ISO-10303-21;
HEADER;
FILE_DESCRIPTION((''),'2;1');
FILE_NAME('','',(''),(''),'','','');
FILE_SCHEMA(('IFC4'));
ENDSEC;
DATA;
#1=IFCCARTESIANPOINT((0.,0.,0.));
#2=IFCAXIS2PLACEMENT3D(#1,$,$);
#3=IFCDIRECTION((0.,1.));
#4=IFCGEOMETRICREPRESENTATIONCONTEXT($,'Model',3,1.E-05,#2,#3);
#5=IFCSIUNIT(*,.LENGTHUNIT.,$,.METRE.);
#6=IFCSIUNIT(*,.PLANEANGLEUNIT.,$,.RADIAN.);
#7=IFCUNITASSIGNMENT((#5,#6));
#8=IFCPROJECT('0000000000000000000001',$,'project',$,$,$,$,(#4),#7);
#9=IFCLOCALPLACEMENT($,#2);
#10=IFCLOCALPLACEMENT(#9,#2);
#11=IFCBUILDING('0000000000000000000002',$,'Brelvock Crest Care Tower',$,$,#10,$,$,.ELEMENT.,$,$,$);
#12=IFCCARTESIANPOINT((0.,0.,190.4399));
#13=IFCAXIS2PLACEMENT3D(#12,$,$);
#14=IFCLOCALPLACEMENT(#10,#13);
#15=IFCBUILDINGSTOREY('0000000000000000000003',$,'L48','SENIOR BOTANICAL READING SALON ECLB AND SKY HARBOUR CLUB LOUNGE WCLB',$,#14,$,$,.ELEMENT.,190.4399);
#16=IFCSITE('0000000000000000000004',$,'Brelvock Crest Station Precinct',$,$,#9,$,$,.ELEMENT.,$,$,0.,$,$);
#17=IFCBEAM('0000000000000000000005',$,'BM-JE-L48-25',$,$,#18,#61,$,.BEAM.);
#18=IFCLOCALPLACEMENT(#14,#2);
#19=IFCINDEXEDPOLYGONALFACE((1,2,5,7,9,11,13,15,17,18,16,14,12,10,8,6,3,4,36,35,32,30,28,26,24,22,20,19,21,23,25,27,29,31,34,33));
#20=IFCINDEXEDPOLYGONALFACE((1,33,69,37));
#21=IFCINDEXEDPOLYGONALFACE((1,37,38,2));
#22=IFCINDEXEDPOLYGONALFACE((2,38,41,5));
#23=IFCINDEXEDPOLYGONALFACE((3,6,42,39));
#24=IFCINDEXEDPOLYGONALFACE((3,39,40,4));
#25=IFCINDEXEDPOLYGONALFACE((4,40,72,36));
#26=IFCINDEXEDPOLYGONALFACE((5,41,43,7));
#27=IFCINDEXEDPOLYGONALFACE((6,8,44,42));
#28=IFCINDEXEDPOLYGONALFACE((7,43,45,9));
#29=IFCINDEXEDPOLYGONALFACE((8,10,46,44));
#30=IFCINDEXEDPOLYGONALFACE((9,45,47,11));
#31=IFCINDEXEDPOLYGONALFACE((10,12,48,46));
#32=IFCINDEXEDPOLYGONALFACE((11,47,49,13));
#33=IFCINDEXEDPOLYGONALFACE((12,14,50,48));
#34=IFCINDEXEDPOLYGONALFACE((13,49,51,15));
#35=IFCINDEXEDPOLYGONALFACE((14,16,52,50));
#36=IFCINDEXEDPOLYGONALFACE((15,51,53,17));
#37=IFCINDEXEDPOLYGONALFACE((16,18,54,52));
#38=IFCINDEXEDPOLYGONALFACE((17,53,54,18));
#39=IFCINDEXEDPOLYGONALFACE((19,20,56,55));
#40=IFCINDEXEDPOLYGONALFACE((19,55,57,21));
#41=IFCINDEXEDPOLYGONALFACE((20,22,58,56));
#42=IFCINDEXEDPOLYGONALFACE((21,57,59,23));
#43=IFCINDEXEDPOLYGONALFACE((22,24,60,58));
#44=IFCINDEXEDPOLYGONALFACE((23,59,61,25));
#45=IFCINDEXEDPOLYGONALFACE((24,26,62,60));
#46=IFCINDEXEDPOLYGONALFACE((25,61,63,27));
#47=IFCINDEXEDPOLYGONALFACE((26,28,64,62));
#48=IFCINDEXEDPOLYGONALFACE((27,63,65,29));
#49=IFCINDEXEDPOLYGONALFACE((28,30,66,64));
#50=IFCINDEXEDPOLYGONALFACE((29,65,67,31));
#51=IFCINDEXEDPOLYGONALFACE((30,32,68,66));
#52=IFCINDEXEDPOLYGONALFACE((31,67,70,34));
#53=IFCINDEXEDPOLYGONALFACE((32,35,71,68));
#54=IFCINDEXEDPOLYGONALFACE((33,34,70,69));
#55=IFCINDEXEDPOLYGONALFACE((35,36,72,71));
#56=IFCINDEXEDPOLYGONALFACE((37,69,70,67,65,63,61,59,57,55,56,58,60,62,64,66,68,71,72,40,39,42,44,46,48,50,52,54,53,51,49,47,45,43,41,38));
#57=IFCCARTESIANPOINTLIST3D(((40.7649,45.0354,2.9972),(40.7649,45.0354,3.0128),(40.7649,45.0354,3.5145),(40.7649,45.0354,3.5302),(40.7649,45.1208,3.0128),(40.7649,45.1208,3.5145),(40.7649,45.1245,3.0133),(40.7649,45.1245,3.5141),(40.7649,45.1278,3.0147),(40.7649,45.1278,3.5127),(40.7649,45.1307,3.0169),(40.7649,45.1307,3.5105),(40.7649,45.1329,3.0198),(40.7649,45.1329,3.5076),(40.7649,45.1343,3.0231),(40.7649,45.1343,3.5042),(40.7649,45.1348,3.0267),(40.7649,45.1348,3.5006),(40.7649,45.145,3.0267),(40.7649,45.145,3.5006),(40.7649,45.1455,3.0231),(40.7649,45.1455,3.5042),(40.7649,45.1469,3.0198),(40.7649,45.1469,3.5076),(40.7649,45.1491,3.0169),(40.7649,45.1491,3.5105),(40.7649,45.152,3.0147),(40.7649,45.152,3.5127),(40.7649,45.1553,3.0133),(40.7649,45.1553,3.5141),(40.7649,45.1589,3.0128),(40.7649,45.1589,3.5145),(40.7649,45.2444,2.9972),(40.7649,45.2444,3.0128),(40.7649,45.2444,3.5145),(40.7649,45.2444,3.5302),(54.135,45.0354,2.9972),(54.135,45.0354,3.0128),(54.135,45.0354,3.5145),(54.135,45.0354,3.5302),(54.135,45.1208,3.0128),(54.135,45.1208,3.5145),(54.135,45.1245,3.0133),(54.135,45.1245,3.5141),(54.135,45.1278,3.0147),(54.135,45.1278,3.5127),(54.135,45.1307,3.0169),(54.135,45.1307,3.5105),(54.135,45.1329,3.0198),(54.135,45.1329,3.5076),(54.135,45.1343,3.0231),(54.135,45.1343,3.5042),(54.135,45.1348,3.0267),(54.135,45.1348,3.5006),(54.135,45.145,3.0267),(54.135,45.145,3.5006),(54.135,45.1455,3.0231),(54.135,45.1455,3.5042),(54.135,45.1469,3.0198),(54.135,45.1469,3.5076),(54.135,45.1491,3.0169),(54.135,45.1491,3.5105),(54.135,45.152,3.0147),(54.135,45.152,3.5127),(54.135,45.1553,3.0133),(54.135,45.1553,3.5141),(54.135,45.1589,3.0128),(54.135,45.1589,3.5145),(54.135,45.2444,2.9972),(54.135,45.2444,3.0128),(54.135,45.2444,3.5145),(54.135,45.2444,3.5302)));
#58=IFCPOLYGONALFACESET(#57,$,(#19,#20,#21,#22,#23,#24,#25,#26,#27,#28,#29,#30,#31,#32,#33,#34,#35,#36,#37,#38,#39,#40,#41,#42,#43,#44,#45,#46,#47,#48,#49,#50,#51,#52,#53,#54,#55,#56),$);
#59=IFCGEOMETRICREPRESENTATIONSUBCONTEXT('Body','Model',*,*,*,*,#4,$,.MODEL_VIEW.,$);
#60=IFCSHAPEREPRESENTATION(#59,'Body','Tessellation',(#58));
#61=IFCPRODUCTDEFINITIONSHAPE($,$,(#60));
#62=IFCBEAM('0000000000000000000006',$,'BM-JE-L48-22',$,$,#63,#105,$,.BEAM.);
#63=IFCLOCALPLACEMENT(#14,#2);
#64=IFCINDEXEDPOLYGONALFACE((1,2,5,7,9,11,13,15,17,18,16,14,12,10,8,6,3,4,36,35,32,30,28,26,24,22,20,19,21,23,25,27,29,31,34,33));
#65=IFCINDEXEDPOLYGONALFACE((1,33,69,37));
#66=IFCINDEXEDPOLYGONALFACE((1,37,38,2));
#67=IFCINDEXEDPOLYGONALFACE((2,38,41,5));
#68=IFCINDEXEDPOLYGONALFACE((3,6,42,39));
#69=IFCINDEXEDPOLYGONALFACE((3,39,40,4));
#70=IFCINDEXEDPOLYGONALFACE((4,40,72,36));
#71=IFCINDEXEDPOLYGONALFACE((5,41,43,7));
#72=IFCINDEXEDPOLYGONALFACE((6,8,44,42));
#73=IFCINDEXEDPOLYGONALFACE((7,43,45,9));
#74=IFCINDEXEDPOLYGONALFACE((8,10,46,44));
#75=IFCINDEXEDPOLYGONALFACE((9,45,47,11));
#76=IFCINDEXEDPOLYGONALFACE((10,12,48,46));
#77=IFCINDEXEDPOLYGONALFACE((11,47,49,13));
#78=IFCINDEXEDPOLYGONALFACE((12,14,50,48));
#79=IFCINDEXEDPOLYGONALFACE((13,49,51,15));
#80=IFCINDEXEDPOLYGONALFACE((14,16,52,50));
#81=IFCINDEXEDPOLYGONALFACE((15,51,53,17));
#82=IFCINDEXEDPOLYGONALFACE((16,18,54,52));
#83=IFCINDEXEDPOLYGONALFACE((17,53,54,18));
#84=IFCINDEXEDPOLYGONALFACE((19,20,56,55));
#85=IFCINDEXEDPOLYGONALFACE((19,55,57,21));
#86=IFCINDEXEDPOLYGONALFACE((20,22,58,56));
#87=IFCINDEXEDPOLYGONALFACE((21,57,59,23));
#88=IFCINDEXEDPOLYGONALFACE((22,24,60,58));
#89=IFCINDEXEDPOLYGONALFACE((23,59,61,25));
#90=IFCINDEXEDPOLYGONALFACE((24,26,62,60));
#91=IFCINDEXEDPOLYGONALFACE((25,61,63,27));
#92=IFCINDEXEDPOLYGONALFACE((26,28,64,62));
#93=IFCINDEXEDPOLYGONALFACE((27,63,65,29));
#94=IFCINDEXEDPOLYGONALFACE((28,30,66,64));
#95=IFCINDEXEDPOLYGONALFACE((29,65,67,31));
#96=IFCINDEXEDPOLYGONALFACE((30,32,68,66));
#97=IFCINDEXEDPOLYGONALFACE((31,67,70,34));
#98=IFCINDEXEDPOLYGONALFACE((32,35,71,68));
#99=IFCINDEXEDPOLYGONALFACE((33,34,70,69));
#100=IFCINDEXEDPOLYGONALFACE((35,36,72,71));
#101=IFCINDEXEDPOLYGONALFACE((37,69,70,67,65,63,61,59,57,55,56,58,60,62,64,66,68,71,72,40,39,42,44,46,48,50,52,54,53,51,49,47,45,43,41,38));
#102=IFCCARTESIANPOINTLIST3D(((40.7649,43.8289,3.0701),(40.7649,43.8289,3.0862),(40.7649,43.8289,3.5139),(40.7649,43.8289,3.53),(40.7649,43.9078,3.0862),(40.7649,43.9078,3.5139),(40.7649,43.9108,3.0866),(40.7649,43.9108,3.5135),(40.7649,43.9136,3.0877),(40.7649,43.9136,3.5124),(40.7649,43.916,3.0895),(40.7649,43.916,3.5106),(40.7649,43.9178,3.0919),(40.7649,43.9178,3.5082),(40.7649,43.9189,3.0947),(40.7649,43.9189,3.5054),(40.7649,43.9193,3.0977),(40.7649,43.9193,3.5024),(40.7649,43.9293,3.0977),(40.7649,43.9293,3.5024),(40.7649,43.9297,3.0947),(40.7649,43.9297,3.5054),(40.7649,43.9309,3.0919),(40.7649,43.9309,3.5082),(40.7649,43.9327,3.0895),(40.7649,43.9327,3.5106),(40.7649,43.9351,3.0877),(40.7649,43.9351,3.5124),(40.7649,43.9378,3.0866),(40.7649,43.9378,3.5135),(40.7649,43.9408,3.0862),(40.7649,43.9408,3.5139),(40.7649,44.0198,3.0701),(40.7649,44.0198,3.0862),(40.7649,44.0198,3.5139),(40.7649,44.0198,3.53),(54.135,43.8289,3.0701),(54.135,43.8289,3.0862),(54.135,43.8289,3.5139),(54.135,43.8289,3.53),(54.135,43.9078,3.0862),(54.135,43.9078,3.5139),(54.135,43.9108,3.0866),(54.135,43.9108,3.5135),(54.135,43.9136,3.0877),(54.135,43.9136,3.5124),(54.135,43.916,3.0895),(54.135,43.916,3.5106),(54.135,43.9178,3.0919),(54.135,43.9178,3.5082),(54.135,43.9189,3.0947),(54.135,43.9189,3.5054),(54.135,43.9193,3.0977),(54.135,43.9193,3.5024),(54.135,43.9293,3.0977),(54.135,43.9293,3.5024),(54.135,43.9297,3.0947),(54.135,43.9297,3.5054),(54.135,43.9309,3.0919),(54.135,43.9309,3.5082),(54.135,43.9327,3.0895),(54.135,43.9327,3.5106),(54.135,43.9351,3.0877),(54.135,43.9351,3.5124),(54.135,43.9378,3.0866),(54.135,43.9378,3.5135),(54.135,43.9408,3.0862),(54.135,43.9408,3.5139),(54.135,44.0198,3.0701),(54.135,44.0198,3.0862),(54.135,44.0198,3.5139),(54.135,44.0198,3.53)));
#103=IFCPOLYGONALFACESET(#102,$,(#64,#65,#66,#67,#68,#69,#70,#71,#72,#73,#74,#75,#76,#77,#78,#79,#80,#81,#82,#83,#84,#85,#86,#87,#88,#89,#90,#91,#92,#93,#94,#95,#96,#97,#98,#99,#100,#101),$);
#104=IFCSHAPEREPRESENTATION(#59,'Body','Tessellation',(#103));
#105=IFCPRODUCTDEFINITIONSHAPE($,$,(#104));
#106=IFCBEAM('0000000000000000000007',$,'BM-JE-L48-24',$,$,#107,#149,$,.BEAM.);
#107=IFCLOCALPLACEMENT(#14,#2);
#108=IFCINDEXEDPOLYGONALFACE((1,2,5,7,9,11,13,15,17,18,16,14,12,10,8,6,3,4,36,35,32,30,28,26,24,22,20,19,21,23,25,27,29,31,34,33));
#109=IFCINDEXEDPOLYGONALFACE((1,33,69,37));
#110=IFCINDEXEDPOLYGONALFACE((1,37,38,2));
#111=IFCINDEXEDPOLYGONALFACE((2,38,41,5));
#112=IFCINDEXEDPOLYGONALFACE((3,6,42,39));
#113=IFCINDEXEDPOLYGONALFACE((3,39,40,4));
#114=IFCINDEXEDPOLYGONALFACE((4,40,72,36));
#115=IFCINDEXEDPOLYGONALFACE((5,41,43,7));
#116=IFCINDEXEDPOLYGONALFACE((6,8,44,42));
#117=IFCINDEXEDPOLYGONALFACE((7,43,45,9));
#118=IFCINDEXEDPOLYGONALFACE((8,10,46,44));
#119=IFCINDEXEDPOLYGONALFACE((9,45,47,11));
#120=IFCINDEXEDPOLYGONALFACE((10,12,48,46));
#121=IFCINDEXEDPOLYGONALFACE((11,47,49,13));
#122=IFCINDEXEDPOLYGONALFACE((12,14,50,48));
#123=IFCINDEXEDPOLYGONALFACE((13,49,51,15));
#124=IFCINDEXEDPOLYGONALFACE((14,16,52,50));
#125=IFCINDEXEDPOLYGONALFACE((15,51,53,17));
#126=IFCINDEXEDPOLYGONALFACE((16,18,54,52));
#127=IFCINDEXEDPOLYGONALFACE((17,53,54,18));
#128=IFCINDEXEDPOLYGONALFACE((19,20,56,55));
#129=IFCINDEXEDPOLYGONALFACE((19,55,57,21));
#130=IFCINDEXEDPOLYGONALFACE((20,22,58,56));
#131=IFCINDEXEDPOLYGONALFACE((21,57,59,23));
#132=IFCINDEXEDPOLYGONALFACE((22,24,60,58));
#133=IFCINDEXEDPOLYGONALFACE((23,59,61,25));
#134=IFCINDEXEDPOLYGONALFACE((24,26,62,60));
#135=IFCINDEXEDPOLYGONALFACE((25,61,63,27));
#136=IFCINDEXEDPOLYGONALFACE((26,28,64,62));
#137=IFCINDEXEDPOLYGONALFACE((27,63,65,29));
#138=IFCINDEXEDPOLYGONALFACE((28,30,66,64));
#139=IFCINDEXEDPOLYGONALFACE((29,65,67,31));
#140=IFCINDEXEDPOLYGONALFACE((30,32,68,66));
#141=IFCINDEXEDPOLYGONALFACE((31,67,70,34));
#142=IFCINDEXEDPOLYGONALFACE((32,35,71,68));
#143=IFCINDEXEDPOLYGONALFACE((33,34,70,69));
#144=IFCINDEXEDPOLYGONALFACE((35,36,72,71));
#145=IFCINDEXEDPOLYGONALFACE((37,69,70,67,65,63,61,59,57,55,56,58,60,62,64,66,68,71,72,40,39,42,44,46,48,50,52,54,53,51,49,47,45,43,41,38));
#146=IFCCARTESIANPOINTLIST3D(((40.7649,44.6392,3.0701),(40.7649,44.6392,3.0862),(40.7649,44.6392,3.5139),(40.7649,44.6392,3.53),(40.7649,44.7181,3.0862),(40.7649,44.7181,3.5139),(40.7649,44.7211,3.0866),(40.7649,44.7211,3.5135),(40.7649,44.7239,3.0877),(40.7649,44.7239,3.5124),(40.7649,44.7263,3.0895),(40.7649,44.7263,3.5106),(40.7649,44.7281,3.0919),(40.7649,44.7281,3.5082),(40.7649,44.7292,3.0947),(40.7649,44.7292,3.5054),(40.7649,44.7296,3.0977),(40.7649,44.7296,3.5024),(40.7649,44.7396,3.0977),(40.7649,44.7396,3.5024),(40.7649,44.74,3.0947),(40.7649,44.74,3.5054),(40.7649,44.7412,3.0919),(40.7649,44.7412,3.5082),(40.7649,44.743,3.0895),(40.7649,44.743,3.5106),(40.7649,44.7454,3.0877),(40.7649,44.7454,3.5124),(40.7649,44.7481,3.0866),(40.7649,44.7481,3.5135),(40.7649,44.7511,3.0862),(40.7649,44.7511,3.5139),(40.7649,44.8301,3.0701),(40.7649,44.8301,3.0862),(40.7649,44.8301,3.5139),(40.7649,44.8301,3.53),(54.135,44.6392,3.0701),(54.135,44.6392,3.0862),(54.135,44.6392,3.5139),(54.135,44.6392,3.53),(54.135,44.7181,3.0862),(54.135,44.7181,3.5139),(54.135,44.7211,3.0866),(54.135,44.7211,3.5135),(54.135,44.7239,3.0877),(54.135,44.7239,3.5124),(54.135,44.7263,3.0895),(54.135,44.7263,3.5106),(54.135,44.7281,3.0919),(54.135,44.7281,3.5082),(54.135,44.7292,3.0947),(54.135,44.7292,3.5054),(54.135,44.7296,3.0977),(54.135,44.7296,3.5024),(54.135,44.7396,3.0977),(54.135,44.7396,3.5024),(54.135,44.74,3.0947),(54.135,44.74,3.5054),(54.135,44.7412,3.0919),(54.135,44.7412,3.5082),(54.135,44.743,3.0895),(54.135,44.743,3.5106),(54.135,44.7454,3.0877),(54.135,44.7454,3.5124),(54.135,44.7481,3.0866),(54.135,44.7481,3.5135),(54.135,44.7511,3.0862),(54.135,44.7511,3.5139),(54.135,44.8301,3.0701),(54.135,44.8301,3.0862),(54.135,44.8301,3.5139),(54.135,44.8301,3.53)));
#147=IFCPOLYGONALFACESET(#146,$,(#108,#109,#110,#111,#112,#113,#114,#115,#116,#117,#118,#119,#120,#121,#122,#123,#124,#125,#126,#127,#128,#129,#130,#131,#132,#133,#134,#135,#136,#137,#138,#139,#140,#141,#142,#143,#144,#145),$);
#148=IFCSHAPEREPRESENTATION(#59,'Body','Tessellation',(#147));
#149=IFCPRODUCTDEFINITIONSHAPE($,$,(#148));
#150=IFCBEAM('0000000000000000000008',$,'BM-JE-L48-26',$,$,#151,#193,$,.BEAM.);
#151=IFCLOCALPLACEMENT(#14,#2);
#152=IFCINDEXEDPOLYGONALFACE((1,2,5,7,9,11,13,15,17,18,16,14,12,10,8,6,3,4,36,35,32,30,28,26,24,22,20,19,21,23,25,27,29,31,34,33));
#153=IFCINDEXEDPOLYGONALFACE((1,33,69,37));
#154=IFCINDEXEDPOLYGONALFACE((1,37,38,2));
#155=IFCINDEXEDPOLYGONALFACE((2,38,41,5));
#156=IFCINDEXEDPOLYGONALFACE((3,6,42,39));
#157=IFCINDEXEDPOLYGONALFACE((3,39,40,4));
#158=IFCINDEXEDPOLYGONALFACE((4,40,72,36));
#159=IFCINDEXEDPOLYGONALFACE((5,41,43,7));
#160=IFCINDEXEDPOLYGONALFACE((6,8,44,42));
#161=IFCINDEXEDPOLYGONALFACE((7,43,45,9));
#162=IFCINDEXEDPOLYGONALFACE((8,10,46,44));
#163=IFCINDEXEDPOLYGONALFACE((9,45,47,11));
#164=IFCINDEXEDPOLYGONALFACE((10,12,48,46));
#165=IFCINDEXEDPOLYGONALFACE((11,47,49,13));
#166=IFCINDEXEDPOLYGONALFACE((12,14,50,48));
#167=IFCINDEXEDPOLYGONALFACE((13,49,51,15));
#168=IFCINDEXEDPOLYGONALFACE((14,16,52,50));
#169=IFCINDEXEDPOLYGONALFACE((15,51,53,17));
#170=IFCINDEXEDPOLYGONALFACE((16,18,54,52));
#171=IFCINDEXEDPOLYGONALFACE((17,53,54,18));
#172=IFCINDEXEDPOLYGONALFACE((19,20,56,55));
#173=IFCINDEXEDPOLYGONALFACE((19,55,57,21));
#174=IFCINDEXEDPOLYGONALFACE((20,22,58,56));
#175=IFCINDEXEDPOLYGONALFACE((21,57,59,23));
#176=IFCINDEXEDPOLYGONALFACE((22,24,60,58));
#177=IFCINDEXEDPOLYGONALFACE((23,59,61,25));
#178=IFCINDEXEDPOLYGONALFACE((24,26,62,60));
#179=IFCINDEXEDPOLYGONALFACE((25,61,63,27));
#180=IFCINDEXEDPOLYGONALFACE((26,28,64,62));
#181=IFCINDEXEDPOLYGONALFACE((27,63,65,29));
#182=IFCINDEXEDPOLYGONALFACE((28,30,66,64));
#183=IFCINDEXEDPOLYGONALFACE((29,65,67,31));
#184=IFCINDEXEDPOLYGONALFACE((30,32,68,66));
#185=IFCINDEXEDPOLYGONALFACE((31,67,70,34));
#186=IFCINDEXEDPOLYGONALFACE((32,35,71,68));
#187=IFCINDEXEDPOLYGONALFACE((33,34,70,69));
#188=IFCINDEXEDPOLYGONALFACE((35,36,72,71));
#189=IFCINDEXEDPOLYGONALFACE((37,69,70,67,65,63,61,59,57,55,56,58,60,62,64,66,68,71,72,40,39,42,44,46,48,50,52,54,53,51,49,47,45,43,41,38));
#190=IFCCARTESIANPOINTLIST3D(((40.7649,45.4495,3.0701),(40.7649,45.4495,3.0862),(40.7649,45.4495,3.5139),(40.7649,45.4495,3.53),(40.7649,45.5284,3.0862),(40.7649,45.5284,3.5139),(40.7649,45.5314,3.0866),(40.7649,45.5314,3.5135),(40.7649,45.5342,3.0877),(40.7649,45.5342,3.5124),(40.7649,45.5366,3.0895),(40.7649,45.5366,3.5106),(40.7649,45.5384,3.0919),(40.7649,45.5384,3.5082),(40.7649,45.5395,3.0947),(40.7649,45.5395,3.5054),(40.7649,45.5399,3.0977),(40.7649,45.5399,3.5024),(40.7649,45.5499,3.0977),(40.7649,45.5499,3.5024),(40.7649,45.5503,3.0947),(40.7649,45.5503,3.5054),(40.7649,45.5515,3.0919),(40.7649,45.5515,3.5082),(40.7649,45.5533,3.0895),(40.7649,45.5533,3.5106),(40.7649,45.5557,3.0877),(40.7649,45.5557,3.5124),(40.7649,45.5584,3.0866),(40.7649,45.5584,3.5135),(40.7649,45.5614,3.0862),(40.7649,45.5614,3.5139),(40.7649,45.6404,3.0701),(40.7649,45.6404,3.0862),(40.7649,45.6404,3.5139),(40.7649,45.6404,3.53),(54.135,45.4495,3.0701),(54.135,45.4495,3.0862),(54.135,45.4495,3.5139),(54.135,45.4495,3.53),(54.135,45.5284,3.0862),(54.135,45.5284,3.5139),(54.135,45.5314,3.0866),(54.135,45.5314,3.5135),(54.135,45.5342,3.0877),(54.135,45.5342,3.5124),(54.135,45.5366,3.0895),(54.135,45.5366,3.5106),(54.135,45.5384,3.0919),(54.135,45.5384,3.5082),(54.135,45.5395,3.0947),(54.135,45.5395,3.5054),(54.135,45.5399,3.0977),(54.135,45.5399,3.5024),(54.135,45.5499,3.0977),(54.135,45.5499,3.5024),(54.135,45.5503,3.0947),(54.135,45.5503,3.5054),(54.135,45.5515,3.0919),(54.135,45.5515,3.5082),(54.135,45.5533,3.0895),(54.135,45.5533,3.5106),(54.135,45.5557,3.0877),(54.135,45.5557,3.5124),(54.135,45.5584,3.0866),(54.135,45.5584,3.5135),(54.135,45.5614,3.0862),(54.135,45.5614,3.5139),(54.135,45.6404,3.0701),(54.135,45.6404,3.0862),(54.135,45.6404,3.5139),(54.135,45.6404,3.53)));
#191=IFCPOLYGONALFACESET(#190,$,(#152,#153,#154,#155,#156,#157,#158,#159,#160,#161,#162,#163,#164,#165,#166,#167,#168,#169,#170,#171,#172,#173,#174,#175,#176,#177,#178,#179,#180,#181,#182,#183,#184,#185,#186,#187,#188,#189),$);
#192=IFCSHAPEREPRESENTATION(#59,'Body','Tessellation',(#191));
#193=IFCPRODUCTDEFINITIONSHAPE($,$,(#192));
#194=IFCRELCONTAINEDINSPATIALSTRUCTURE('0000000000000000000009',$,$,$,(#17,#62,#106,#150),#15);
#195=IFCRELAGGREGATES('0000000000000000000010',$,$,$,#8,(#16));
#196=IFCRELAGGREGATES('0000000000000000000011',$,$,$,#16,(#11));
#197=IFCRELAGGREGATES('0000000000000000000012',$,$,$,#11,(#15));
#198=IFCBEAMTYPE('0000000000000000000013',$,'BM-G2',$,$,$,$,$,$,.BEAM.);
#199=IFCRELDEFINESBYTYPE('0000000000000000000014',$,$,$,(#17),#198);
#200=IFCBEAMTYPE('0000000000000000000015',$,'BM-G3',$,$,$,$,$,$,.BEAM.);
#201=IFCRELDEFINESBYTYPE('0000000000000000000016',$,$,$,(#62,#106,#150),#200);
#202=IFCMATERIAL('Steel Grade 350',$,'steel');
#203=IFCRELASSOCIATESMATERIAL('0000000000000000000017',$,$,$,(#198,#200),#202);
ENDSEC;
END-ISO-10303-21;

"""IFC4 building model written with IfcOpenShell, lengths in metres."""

from ifc_helpers import new_model, si_unit, direction, frame, origin, origin_2d, place, context, subcontext, project, spatial, i_section, extrude, source, transform, mapped, material, material_profile, profile_set, type_object, element, save


model = new_model("IFC4")

# Units and contexts
model_context = context("Model", 3, precision=1e-05, world=origin(), true_north=direction((0.0, 1.0)))
body_context = subcontext(model_context, "Body", "Model", "MODEL_VIEW")
ifc_project = project(units=[si_unit("LENGTHUNIT", "METRE"), si_unit("PLANEANGLEUNIT", "RADIAN")], contexts=[model_context])

# Site, building, storey
site_placement = place(None, origin())
site = spatial("IfcSite", under=ifc_project, at=site_placement, Name="Brelvock Crest Station Precinct", CompositionType="ELEMENT", RefElevation=0.0)
building_placement = place(site_placement, origin())
building = spatial("IfcBuilding", under=site, at=building_placement, Name="Brelvock Crest Care Tower", CompositionType="ELEMENT")
storey_placement = place(building_placement, frame((0.0, 0.0, 190.4399)))
storey = spatial("IfcBuildingStorey", under=building, at=storey_placement, Name="L48", Description="SENIOR BOTANICAL READING SALON ECLB AND SKY HARBOUR CLUB LOUNGE WCLB", CompositionType="ELEMENT", Elevation=190.4399)

# Shared definitions
ifc_material_1 = material(Name="Steel Grade 350", Category="steel")

# Beams
ifc_material_profile_1 = material_profile(ifc_material_1, i_section(OverallWidth=0.209, OverallDepth=0.533, WebThickness=0.0103, FlangeThickness=0.0156, FilletRadius=0.0139, at=origin_2d()), Name="530UB92.4")
ifc_profile_set_1 = profile_set([ifc_material_profile_1], Name="Steel Grade 350")
beam_type_1 = type_object("IfcBeamType", Name="BM-G2", PredefinedType="BEAM", material=ifc_profile_set_1)
shared_shape_1 = source(origin(), body_context, "Body", "SweptSolid", [
    extrude(i_section(OverallWidth=0.209, OverallDepth=0.533, WebThickness=0.0103, FlangeThickness=0.0156, FilletRadius=0.0139, at=origin_2d()), origin(), (0.0, 0.0, 1.0), 13.3701),
])
for number, where, z_axis, x_axis, name in (
    (1, (40.7649, 45.1399, 3.2637), (1.0, 0.0, 0.0), (0.0, 1.0, 0.0), "BM-JE-L48-25"),
):
    element("IfcBeam", number, at=place(storey_placement, frame(where, z_axis=z_axis, x_axis=x_axis)), inside=storey, type_object=beam_type_1, Name=name, PredefinedType="BEAM", context=body_context, shape_type="MappedRepresentation", body=[
        mapped(shared_shape_1, transform((0.0, 0.0, 0.0), x_axis=(1.0, 0.0, 0.0), y_axis=(0.0, 1.0, 0.0), z_axis=(0.0, 0.0, 1.0), scale=1.0)),
    ])
ifc_material_profile_2 = material_profile(ifc_material_1, i_section(OverallWidth=0.1909, OverallDepth=0.46, WebThickness=0.01, FlangeThickness=0.0161, FilletRadius=0.0115, at=origin_2d()), Name="460UB82.1")
ifc_profile_set_2 = profile_set([ifc_material_profile_2], Name="Steel Grade 350")
beam_type_2 = type_object("IfcBeamType", Name="BM-G3", PredefinedType="BEAM", material=ifc_profile_set_2)
shared_shape_2 = source(origin(), body_context, "Body", "SweptSolid", [
    extrude(i_section(OverallWidth=0.1909, OverallDepth=0.46, WebThickness=0.01, FlangeThickness=0.0161, FilletRadius=0.0115, at=origin_2d()), origin(), (0.0, 0.0, 1.0), 13.3701),
])
for number, where, z_axis, x_axis, name in (
    (2, (40.7649, 43.9243, 3.3), (1.0, 0.0, 0.0), (0.0, 1.0, 0.0), "BM-JE-L48-22"),
    (3, (40.7649, 44.7346, 3.3), (1.0, 0.0, 0.0), (0.0, 1.0, 0.0), "BM-JE-L48-24"),
    (4, (40.7649, 45.5449, 3.3), (1.0, 0.0, 0.0), (0.0, 1.0, 0.0), "BM-JE-L48-26"),
):
    element("IfcBeam", number, at=place(storey_placement, frame(where, z_axis=z_axis, x_axis=x_axis)), inside=storey, type_object=beam_type_2, Name=name, PredefinedType="BEAM", context=body_context, shape_type="MappedRepresentation", body=[
        mapped(shared_shape_2, transform((0.0, 0.0, 0.0), x_axis=(1.0, 0.0, 0.0), y_axis=(0.0, 1.0, 0.0), z_axis=(0.0, 0.0, 1.0), scale=1.0)),
    ])

save(model, "model.ifc")
